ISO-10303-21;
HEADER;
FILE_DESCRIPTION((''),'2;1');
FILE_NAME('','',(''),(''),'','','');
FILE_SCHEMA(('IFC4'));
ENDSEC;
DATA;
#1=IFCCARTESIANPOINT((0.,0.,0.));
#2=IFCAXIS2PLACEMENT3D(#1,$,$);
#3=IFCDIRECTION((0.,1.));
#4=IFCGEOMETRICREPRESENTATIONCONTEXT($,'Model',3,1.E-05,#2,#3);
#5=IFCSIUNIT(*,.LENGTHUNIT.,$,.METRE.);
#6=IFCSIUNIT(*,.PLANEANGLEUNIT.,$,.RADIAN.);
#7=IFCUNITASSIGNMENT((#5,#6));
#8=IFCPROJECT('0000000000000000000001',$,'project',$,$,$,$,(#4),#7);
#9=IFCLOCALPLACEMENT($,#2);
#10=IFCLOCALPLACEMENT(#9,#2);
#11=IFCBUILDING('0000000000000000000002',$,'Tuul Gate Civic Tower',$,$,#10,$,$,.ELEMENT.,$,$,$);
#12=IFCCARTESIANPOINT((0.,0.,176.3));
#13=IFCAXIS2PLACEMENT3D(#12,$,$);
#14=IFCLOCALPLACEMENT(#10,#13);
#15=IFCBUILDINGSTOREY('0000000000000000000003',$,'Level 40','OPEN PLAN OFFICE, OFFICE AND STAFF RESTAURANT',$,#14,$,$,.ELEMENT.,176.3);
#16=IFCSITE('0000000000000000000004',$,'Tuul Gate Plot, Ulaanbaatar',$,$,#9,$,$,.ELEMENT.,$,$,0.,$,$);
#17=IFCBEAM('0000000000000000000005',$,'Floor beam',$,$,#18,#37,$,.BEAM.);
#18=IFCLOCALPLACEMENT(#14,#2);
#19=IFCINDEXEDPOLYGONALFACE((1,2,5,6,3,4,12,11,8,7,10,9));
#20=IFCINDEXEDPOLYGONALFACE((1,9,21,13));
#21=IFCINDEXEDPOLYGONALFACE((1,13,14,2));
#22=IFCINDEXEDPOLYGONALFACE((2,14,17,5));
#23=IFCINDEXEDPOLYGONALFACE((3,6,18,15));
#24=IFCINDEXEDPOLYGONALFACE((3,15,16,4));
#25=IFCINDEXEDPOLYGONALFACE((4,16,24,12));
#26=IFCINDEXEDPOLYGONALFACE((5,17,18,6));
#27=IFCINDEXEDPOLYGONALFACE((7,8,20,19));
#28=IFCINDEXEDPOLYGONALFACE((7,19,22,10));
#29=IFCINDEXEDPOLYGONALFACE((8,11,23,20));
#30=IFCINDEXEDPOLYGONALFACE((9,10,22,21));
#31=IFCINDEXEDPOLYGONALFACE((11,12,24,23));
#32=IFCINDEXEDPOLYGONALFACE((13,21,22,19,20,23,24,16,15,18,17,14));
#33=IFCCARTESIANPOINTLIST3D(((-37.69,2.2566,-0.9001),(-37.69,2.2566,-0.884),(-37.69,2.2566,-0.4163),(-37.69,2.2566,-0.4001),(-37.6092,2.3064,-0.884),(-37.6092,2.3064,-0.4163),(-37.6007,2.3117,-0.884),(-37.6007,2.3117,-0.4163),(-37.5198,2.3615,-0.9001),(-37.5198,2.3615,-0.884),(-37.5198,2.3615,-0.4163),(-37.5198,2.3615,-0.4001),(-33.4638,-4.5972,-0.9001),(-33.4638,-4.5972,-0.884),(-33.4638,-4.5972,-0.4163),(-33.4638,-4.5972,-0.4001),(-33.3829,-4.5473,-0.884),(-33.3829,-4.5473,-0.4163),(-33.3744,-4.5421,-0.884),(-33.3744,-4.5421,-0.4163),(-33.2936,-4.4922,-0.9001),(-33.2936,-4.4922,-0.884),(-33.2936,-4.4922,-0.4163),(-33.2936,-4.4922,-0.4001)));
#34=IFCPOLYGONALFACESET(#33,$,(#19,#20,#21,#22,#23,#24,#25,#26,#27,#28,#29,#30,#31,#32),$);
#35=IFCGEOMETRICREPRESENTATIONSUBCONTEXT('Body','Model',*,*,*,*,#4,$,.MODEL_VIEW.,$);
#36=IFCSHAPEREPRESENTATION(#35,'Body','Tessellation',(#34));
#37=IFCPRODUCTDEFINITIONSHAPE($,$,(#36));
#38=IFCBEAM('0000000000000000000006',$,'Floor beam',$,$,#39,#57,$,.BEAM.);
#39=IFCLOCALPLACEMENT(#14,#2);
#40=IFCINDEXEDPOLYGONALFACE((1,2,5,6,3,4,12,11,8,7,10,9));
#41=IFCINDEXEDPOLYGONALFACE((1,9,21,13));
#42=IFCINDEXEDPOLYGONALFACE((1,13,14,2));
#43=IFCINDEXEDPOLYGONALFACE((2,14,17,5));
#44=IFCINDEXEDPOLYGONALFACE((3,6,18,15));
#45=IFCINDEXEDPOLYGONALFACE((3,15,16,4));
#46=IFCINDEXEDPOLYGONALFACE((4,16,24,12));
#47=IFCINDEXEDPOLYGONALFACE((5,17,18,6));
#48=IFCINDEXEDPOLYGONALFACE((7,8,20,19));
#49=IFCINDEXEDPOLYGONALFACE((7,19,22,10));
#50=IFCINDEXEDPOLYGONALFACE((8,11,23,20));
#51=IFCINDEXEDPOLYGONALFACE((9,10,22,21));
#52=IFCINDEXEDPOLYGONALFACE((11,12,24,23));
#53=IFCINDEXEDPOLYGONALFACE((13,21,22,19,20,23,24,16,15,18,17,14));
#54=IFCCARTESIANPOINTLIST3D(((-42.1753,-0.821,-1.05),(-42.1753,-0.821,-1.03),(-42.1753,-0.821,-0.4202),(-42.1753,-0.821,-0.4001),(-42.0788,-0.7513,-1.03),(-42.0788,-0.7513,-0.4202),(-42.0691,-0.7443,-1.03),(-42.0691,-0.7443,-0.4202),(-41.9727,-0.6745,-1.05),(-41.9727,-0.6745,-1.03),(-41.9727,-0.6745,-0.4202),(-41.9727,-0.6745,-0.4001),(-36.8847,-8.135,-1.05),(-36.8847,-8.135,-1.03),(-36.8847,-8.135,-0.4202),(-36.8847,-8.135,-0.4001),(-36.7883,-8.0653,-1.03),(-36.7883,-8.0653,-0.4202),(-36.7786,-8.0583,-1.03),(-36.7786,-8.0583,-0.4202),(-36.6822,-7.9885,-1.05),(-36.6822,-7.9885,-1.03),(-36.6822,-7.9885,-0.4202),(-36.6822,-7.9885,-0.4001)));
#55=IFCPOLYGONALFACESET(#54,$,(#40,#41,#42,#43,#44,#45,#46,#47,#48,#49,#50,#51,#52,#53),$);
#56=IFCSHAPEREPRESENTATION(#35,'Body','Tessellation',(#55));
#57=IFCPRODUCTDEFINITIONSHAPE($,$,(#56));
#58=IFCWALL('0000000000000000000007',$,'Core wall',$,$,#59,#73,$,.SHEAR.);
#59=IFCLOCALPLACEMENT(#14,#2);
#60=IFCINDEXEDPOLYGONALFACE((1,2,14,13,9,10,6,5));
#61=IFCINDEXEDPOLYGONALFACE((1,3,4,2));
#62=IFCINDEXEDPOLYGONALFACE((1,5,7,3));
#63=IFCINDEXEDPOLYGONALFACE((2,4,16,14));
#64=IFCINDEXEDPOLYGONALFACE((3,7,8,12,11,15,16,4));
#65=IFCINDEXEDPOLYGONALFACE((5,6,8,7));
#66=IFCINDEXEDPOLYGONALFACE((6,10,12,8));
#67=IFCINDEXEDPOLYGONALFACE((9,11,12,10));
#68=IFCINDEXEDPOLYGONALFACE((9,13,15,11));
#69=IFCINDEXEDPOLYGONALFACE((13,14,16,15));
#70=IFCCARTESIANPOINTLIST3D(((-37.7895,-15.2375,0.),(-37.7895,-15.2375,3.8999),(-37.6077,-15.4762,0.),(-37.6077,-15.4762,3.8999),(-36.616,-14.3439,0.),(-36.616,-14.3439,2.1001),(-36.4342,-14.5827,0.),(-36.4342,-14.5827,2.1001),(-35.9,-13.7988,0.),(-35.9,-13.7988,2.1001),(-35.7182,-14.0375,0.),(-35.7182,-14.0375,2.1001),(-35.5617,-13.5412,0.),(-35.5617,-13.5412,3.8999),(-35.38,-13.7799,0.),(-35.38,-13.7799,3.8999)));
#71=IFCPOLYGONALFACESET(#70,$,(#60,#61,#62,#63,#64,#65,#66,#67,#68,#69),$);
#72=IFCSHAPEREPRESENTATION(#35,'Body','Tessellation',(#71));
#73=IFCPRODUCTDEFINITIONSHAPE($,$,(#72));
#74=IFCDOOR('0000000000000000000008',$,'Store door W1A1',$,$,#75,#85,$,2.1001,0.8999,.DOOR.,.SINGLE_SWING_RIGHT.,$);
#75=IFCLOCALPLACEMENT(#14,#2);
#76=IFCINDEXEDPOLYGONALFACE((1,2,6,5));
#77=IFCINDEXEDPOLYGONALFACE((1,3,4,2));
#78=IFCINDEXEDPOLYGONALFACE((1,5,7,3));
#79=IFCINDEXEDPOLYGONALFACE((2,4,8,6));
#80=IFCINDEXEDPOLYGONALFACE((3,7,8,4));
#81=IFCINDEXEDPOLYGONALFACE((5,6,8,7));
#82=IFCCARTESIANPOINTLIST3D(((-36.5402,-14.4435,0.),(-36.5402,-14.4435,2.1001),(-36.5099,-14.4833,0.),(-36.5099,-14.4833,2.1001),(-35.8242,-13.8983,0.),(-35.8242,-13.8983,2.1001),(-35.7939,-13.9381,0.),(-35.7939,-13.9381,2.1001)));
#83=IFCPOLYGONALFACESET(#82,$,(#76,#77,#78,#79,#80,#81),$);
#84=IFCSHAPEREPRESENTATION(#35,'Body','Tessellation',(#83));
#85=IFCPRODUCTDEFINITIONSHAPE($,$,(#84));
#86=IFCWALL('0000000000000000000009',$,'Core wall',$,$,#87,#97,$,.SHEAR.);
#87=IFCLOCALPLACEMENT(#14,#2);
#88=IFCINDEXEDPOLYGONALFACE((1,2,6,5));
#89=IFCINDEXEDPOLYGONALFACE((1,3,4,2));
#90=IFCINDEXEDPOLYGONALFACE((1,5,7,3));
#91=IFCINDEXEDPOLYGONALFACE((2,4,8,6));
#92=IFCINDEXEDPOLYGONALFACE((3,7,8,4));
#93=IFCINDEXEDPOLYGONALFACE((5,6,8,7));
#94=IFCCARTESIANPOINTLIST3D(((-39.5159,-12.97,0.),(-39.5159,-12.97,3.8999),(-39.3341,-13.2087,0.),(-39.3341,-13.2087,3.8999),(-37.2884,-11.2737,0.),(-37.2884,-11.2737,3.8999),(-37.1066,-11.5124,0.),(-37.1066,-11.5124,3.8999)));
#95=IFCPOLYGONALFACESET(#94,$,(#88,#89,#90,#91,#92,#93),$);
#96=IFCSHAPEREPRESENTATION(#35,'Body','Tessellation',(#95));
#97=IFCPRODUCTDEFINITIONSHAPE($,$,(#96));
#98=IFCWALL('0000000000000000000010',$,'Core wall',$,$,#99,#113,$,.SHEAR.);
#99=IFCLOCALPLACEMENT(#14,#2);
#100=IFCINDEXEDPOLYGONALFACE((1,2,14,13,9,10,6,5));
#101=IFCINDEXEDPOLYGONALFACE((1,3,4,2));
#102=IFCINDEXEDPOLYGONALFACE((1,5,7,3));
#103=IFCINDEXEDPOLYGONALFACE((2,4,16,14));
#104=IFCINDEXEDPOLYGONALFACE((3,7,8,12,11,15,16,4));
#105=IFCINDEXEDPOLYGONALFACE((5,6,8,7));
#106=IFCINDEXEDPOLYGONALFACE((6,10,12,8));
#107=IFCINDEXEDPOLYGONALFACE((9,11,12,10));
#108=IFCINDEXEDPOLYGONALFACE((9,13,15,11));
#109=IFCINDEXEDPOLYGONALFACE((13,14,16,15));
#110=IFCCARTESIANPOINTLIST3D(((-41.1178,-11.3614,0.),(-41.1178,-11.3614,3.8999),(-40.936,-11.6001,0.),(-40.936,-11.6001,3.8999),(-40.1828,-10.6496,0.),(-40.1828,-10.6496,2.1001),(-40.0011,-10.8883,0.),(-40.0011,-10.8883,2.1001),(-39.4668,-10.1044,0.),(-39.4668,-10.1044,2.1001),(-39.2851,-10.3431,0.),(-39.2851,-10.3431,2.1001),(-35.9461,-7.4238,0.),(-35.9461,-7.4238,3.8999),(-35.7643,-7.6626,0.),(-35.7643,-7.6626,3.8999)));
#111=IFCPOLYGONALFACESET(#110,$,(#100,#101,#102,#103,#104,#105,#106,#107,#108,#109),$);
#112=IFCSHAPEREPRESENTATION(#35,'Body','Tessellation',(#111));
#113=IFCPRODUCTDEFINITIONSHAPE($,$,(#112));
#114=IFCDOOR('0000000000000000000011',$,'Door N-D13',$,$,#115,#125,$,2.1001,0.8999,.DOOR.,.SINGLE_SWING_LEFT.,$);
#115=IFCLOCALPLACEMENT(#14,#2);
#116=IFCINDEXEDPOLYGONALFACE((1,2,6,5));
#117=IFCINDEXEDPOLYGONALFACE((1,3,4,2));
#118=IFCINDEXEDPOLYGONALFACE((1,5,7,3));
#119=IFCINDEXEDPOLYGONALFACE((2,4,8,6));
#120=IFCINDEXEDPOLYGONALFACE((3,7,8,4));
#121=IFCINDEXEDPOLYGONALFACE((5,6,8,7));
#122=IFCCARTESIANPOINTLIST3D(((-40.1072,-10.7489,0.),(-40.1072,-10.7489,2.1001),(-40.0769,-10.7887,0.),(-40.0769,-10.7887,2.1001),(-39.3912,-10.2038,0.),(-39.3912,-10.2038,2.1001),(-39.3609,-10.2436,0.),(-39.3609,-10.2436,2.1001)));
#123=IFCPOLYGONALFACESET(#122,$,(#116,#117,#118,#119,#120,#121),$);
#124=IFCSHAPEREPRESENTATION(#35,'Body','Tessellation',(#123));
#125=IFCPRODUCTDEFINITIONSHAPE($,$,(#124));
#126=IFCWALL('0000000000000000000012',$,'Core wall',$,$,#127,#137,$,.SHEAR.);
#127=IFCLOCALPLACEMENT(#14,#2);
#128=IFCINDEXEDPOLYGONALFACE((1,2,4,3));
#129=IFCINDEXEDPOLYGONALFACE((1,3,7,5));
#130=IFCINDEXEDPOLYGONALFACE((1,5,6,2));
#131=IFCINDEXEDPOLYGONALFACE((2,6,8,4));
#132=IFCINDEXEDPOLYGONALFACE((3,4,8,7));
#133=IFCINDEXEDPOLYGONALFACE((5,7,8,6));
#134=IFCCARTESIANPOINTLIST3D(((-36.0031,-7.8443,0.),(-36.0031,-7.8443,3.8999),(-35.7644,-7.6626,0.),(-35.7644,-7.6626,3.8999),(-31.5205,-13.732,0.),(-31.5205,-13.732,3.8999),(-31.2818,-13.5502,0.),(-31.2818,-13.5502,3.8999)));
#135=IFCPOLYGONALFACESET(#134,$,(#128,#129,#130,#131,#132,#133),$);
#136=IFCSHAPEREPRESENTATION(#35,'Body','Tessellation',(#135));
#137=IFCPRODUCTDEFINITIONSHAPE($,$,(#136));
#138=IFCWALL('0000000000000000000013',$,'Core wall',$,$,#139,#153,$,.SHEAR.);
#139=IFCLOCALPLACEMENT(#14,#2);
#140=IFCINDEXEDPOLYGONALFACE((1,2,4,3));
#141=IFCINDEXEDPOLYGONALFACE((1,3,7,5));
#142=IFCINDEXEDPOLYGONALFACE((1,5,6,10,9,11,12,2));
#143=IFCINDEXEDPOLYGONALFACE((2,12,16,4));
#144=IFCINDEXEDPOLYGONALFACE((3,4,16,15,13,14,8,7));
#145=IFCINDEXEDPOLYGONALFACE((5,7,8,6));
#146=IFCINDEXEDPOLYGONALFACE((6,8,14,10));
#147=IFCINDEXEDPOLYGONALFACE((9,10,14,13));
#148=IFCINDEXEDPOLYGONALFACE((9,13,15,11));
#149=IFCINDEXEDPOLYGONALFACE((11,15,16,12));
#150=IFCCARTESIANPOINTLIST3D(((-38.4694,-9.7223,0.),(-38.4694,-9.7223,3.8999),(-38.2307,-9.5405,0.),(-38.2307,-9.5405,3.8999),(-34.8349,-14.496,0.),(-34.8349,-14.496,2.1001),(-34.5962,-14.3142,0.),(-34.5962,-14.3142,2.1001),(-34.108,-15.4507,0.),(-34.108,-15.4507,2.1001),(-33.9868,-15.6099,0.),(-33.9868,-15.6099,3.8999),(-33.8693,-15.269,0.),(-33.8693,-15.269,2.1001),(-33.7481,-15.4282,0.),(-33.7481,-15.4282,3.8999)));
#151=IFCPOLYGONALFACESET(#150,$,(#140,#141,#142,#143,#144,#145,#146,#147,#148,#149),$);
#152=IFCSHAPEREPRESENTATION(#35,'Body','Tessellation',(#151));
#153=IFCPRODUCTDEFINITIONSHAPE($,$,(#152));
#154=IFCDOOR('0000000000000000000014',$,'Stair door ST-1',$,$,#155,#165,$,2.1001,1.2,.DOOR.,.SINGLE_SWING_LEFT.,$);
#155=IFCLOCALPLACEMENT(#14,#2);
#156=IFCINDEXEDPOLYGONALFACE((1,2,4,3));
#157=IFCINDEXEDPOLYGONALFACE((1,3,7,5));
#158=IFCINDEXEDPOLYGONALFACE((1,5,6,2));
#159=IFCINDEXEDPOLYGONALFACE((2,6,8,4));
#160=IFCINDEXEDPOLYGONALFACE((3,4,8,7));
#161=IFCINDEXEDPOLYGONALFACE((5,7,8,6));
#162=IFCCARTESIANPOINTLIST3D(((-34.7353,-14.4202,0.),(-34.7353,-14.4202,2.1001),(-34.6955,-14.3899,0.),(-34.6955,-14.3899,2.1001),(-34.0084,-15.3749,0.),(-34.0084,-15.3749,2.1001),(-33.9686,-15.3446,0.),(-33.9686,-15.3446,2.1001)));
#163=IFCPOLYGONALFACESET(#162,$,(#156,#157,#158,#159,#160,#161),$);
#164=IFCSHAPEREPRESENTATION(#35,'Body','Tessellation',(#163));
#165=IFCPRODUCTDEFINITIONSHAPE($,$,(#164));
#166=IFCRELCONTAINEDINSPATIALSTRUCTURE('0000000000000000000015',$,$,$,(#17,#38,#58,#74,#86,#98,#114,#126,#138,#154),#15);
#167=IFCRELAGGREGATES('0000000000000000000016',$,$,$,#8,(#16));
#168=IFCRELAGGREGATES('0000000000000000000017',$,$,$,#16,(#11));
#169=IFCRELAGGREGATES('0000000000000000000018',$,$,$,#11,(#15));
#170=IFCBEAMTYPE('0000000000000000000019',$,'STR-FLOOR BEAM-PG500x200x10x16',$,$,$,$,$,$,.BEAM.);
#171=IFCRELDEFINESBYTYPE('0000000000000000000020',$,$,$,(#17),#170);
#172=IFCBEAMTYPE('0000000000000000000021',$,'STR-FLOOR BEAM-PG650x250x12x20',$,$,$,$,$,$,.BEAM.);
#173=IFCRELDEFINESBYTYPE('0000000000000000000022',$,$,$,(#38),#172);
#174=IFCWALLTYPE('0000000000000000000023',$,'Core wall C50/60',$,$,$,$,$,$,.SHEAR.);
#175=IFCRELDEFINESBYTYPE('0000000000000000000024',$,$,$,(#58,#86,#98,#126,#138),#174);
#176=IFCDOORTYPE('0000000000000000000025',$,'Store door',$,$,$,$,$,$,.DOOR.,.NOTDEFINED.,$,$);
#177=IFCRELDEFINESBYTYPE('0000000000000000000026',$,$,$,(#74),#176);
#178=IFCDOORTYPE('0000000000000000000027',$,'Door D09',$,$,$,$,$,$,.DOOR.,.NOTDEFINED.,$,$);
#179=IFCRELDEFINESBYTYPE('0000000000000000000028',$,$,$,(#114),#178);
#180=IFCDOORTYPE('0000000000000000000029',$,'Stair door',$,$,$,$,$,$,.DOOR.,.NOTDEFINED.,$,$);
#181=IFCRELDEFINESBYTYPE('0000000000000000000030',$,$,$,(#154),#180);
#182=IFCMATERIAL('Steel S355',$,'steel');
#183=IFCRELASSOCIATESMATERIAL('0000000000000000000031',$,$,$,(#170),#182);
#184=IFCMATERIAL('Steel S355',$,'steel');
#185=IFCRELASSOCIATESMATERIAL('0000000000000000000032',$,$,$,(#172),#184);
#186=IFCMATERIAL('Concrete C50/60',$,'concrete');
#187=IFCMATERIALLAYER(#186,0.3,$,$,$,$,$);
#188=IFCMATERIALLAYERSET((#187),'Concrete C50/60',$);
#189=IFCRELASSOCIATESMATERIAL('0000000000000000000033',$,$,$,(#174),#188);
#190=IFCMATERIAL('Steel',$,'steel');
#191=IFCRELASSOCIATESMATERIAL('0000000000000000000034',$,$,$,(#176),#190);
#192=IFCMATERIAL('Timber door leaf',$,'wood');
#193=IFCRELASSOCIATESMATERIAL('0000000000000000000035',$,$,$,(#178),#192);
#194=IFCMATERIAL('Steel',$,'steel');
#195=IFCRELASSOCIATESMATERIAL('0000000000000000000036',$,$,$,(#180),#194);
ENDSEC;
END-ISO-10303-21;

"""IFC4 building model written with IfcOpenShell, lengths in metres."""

from ifc_helpers import new_model, si_unit, direction, frame, frame_2d, origin, origin_2d, place, context, subcontext, project, spatial, rectangle, i_section, extrude, material, layer, layer_set, material_profile, profile_set, type_object, element, fill, save


model = new_model("IFC4")

# Units and contexts
model_context = context("Model", 3, precision=1e-05, world=origin(), true_north=direction((0.0, 1.0)))
body_context = subcontext(model_context, "Body", "Model", "MODEL_VIEW")
ifc_project = project(units=[si_unit("LENGTHUNIT", "METRE"), si_unit("PLANEANGLEUNIT", "RADIAN")], contexts=[model_context])

# Site, building, storey
site_placement = place(None, origin())
site = spatial("IfcSite", under=ifc_project, at=site_placement, Name="Tuul Gate Plot, Ulaanbaatar", CompositionType="ELEMENT", RefElevation=0.0)
building_placement = place(site_placement, origin())
building = spatial("IfcBuilding", under=site, at=building_placement, Name="Tuul Gate Civic Tower", CompositionType="ELEMENT")
storey_placement = place(building_placement, frame((0.0, 0.0, 176.3)))
storey = spatial("IfcBuildingStorey", under=building, at=storey_placement, Name="Level 40", Description="OPEN PLAN OFFICE, OFFICE AND STAFF RESTAURANT", CompositionType="ELEMENT", Elevation=176.3)

# Beams
ifc_material_1 = material(Name="Steel S355", Category="steel")
ifc_material_profile_1 = material_profile(ifc_material_1, i_section(OverallWidth=0.2, OverallDepth=0.5, WebThickness=0.01, FlangeThickness=0.0161, at=origin_2d()), Name="PG500x200x10x16")
ifc_profile_set_1 = profile_set([ifc_material_profile_1], Name="Steel S355")
beam_type_1 = type_object("IfcBeamType", Name="STR-FLOOR BEAM-PG500x200x10x16", PredefinedType="BEAM", material=ifc_profile_set_1)
beam_1_placement = place(storey_placement, frame((-33.3787, -4.5447, -0.6501), z_axis=(-0.524874, 0.85118, 0.0), x_axis=(-0.85118, -0.524874, 0.0)))
element("IfcBeam", 1, at=beam_1_placement, inside=storey, type_object=beam_type_1, Name="Floor beam", PredefinedType="BEAM", context=body_context, shape_type="SweptSolid", body=[
    extrude(i_section(OverallWidth=0.2, OverallDepth=0.5, WebThickness=0.01, FlangeThickness=0.0161, at=origin_2d()), origin(), (0.0, 0.0, 1.0), 8.052),
])
ifc_material_2 = material(Name="Steel S355", Category="steel")
ifc_material_profile_2 = material_profile(ifc_material_2, i_section(OverallWidth=0.25, OverallDepth=0.6499, WebThickness=0.012, FlangeThickness=0.02, at=origin_2d()), Name="PG650x250x12x20")
ifc_profile_set_2 = profile_set([ifc_material_profile_2], Name="Steel S355")
beam_type_2 = type_object("IfcBeamType", Name="STR-FLOOR BEAM-PG650x250x12x20", PredefinedType="BEAM", material=ifc_profile_set_2)
beam_2_placement = place(storey_placement, frame((-36.7834, -8.0618, -0.7251), z_axis=(-0.586089, 0.810247, 0.0), x_axis=(-0.810247, -0.586089, 0.0)))
element("IfcBeam", 2, at=beam_2_placement, inside=storey, type_object=beam_type_2, Name="Floor beam", PredefinedType="BEAM", context=body_context, shape_type="SweptSolid", body=[
    extrude(i_section(OverallWidth=0.25, OverallDepth=0.6499, WebThickness=0.012, FlangeThickness=0.02, at=origin_2d()), origin(), (0.0, 0.0, 1.0), 9.0269),
])

# Wall, opening, door
ifc_material_3 = material(Name="Concrete C50/60", Category="concrete")
ifc_layer_1 = layer(ifc_material_3, 0.3)
ifc_layer_set_1 = layer_set([ifc_layer_1], Name="Concrete C50/60")
wall_type_1 = type_object("IfcWallType", Name="Core wall C50/60", PredefinedType="SHEAR", material=ifc_layer_set_1)
wall_1_placement = place(storey_placement, frame((-35.4709, -13.6606, 0.0), z_axis=(0.0, 0.0, 1.0), x_axis=(-0.795616, -0.605802, 0.0)))
wall_1 = element("IfcWall", 3, at=wall_1_placement, inside=storey, type_object=wall_type_1, Name="Core wall", PredefinedType="SHEAR", context=body_context, shape_type="SweptSolid", body=[
    extrude(rectangle(XDim=2.8, YDim=0.3, at=frame_2d((1.3999, 0.0))), origin(), (0.0, 0.0, 1.0), 3.8999),
])
opening_1_placement = place(wall_1_placement, frame((0.425, 0.0, 0.0)))
opening_1 = element("IfcOpeningElement", 4, at=opening_1_placement, cuts=wall_1, PredefinedType="OPENING", context=body_context, shape_type="SweptSolid", body=[
    extrude(rectangle(XDim=0.8999, YDim=2.1001, at=frame_2d((0.45, 1.05))), frame((0.0, 0.1602, 0.0), z_axis=(0.0, -1.0, 0.0), x_axis=(1.0, 0.0, 0.0)), (0.0, 0.0, 1.0), 0.3201),
])
ifc_material_4 = material(Name="Steel", Category="steel")
door_type_1 = type_object("IfcDoorType", Name="Store door", OperationType="NOTDEFINED", PredefinedType="DOOR", material=ifc_material_4)
door_1_placement = place(opening_1_placement, frame((0.8999, 0.0, 0.0), z_axis=(0.0, 0.0, 1.0), x_axis=(-1.0, 0.0, 0.0)))
door_1 = element("IfcDoor", 5, at=door_1_placement, inside=storey, type_object=door_type_1, Name="Store door W1A1", OperationType="SINGLE_SWING_RIGHT", OverallHeight=2.1001, OverallWidth=0.8999, PredefinedType="DOOR", context=body_context, shape_type="SweptSolid", body=[
    extrude(rectangle(XDim=0.8999, YDim=2.1001, at=frame_2d((0.45, 1.05))), frame((0.0, 0.0249, 0.0), z_axis=(0.0, -1.0, 0.0), x_axis=(1.0, 0.0, 0.0)), (0.0, 0.0, 1.0), 0.05),
])
fill(opening_1, door_1)

# Wall
wall_2_placement = place(storey_placement, frame((-37.1975, -11.3931, 0.0), z_axis=(0.0, 0.0, 1.0), x_axis=(-0.795584, -0.605844, 0.0)))
element("IfcWall", 6, at=wall_2_placement, inside=storey, type_object=wall_type_1, Name="Core wall", PredefinedType="SHEAR", context=body_context, shape_type="SweptSolid", body=[
    extrude(rectangle(XDim=2.7998, YDim=0.3, at=frame_2d((1.3999, 0.0))), origin(), (0.0, 0.0, 1.0), 3.8999),
])

# Wall, opening, door
wall_3_placement = place(storey_placement, frame((-35.8552, -7.5432, 0.0), z_axis=(0.0, 0.0, 1.0), x_axis=(-0.795639, -0.605772, 0.0)))
wall_3 = element("IfcWall", 7, at=wall_3_placement, inside=storey, type_object=wall_type_1, Name="Core wall", PredefinedType="SHEAR", context=body_context, shape_type="SweptSolid", body=[
    extrude(rectangle(XDim=6.5, YDim=0.3, at=frame_2d((3.25, 0.0))), origin(), (0.0, 0.0, 1.0), 3.8999),
])
opening_2_placement = place(wall_3_placement, frame((4.425, 0.0, 0.0)))
opening_2 = element("IfcOpeningElement", 8, at=opening_2_placement, cuts=wall_3, PredefinedType="OPENING", context=body_context, shape_type="SweptSolid", body=[
    extrude(rectangle(XDim=0.8999, YDim=2.1001, at=frame_2d((0.45, 1.05))), frame((0.0, 0.1602, 0.0), z_axis=(0.0, -1.0, 0.0), x_axis=(1.0, 0.0, 0.0)), (0.0, 0.0, 1.0), 0.3201),
])
ifc_material_5 = material(Name="Timber door leaf", Category="wood")
door_type_2 = type_object("IfcDoorType", Name="Door D09", OperationType="NOTDEFINED", PredefinedType="DOOR", material=ifc_material_5)
door_2_placement = place(opening_2_placement, origin())
door_2 = element("IfcDoor", 9, at=door_2_placement, inside=storey, type_object=door_type_2, Name="Door N-D13", OperationType="SINGLE_SWING_LEFT", OverallHeight=2.1001, OverallWidth=0.8999, PredefinedType="DOOR", context=body_context, shape_type="SweptSolid", body=[
    extrude(rectangle(XDim=0.8999, YDim=2.1001, at=frame_2d((0.45, 1.05))), frame((0.0, 0.0249, 0.0), z_axis=(0.0, -1.0, 0.0), x_axis=(1.0, 0.0, 0.0)), (0.0, 0.0, 1.0), 0.05),
])
fill(opening_2, door_2)

# Wall
wall_4_placement = place(storey_placement, frame((-31.4011, -13.6411, 0.0), z_axis=(0.0, 0.0, 1.0), x_axis=(-0.60577, 0.79564, 0.0)))
element("IfcWall", 10, at=wall_4_placement, inside=storey, type_object=wall_type_1, Name="Core wall", PredefinedType="SHEAR", context=body_context, shape_type="SweptSolid", body=[
    extrude(rectangle(XDim=7.3999, YDim=0.3, at=frame_2d((3.7, 0.0))), origin(), (0.0, 0.0, 1.0), 3.8999),
])

# Wall, opening, door
wall_5_placement = place(storey_placement, frame((-33.8674, -15.519, 0.0), z_axis=(0.0, 0.0, 1.0), x_axis=(-0.60577, 0.79564, 0.0)))
wall_5 = element("IfcWall", 11, at=wall_5_placement, inside=storey, type_object=wall_type_1, Name="Core wall", PredefinedType="SHEAR", context=body_context, shape_type="SweptSolid", body=[
    extrude(rectangle(XDim=7.3999, YDim=0.3, at=frame_2d((3.7, 0.0))), origin(), (0.0, 0.0, 1.0), 3.8999),
])
opening_3_placement = place(wall_5_placement, frame((0.2, 0.0, 0.0)))
opening_3 = element("IfcOpeningElement", 12, at=opening_3_placement, cuts=wall_5, PredefinedType="OPENING", context=body_context, shape_type="SweptSolid", body=[
    extrude(rectangle(XDim=1.2, YDim=2.1001, at=frame_2d((0.6001, 1.05))), frame((0.0, 0.1602, 0.0), z_axis=(0.0, -1.0, 0.0), x_axis=(1.0, 0.0, 0.0)), (0.0, 0.0, 1.0), 0.3201),
])
ifc_material_6 = material(Name="Steel", Category="steel")
door_type_3 = type_object("IfcDoorType", Name="Stair door", OperationType="NOTDEFINED", PredefinedType="DOOR", material=ifc_material_6)
door_3_placement = place(opening_3_placement, origin())
door_3 = element("IfcDoor", 13, at=door_3_placement, inside=storey, type_object=door_type_3, Name="Stair door ST-1", OperationType="SINGLE_SWING_LEFT", OverallHeight=2.1001, OverallWidth=1.2, PredefinedType="DOOR", context=body_context, shape_type="SweptSolid", body=[
    extrude(rectangle(XDim=1.2, YDim=2.1001, at=frame_2d((0.6001, 1.05))), frame((0.0, 0.0249, 0.0), z_axis=(0.0, -1.0, 0.0), x_axis=(1.0, 0.0, 0.0)), (0.0, 0.0, 1.0), 0.05),
])
fill(opening_3, door_3)

save(model, "model.ifc")
